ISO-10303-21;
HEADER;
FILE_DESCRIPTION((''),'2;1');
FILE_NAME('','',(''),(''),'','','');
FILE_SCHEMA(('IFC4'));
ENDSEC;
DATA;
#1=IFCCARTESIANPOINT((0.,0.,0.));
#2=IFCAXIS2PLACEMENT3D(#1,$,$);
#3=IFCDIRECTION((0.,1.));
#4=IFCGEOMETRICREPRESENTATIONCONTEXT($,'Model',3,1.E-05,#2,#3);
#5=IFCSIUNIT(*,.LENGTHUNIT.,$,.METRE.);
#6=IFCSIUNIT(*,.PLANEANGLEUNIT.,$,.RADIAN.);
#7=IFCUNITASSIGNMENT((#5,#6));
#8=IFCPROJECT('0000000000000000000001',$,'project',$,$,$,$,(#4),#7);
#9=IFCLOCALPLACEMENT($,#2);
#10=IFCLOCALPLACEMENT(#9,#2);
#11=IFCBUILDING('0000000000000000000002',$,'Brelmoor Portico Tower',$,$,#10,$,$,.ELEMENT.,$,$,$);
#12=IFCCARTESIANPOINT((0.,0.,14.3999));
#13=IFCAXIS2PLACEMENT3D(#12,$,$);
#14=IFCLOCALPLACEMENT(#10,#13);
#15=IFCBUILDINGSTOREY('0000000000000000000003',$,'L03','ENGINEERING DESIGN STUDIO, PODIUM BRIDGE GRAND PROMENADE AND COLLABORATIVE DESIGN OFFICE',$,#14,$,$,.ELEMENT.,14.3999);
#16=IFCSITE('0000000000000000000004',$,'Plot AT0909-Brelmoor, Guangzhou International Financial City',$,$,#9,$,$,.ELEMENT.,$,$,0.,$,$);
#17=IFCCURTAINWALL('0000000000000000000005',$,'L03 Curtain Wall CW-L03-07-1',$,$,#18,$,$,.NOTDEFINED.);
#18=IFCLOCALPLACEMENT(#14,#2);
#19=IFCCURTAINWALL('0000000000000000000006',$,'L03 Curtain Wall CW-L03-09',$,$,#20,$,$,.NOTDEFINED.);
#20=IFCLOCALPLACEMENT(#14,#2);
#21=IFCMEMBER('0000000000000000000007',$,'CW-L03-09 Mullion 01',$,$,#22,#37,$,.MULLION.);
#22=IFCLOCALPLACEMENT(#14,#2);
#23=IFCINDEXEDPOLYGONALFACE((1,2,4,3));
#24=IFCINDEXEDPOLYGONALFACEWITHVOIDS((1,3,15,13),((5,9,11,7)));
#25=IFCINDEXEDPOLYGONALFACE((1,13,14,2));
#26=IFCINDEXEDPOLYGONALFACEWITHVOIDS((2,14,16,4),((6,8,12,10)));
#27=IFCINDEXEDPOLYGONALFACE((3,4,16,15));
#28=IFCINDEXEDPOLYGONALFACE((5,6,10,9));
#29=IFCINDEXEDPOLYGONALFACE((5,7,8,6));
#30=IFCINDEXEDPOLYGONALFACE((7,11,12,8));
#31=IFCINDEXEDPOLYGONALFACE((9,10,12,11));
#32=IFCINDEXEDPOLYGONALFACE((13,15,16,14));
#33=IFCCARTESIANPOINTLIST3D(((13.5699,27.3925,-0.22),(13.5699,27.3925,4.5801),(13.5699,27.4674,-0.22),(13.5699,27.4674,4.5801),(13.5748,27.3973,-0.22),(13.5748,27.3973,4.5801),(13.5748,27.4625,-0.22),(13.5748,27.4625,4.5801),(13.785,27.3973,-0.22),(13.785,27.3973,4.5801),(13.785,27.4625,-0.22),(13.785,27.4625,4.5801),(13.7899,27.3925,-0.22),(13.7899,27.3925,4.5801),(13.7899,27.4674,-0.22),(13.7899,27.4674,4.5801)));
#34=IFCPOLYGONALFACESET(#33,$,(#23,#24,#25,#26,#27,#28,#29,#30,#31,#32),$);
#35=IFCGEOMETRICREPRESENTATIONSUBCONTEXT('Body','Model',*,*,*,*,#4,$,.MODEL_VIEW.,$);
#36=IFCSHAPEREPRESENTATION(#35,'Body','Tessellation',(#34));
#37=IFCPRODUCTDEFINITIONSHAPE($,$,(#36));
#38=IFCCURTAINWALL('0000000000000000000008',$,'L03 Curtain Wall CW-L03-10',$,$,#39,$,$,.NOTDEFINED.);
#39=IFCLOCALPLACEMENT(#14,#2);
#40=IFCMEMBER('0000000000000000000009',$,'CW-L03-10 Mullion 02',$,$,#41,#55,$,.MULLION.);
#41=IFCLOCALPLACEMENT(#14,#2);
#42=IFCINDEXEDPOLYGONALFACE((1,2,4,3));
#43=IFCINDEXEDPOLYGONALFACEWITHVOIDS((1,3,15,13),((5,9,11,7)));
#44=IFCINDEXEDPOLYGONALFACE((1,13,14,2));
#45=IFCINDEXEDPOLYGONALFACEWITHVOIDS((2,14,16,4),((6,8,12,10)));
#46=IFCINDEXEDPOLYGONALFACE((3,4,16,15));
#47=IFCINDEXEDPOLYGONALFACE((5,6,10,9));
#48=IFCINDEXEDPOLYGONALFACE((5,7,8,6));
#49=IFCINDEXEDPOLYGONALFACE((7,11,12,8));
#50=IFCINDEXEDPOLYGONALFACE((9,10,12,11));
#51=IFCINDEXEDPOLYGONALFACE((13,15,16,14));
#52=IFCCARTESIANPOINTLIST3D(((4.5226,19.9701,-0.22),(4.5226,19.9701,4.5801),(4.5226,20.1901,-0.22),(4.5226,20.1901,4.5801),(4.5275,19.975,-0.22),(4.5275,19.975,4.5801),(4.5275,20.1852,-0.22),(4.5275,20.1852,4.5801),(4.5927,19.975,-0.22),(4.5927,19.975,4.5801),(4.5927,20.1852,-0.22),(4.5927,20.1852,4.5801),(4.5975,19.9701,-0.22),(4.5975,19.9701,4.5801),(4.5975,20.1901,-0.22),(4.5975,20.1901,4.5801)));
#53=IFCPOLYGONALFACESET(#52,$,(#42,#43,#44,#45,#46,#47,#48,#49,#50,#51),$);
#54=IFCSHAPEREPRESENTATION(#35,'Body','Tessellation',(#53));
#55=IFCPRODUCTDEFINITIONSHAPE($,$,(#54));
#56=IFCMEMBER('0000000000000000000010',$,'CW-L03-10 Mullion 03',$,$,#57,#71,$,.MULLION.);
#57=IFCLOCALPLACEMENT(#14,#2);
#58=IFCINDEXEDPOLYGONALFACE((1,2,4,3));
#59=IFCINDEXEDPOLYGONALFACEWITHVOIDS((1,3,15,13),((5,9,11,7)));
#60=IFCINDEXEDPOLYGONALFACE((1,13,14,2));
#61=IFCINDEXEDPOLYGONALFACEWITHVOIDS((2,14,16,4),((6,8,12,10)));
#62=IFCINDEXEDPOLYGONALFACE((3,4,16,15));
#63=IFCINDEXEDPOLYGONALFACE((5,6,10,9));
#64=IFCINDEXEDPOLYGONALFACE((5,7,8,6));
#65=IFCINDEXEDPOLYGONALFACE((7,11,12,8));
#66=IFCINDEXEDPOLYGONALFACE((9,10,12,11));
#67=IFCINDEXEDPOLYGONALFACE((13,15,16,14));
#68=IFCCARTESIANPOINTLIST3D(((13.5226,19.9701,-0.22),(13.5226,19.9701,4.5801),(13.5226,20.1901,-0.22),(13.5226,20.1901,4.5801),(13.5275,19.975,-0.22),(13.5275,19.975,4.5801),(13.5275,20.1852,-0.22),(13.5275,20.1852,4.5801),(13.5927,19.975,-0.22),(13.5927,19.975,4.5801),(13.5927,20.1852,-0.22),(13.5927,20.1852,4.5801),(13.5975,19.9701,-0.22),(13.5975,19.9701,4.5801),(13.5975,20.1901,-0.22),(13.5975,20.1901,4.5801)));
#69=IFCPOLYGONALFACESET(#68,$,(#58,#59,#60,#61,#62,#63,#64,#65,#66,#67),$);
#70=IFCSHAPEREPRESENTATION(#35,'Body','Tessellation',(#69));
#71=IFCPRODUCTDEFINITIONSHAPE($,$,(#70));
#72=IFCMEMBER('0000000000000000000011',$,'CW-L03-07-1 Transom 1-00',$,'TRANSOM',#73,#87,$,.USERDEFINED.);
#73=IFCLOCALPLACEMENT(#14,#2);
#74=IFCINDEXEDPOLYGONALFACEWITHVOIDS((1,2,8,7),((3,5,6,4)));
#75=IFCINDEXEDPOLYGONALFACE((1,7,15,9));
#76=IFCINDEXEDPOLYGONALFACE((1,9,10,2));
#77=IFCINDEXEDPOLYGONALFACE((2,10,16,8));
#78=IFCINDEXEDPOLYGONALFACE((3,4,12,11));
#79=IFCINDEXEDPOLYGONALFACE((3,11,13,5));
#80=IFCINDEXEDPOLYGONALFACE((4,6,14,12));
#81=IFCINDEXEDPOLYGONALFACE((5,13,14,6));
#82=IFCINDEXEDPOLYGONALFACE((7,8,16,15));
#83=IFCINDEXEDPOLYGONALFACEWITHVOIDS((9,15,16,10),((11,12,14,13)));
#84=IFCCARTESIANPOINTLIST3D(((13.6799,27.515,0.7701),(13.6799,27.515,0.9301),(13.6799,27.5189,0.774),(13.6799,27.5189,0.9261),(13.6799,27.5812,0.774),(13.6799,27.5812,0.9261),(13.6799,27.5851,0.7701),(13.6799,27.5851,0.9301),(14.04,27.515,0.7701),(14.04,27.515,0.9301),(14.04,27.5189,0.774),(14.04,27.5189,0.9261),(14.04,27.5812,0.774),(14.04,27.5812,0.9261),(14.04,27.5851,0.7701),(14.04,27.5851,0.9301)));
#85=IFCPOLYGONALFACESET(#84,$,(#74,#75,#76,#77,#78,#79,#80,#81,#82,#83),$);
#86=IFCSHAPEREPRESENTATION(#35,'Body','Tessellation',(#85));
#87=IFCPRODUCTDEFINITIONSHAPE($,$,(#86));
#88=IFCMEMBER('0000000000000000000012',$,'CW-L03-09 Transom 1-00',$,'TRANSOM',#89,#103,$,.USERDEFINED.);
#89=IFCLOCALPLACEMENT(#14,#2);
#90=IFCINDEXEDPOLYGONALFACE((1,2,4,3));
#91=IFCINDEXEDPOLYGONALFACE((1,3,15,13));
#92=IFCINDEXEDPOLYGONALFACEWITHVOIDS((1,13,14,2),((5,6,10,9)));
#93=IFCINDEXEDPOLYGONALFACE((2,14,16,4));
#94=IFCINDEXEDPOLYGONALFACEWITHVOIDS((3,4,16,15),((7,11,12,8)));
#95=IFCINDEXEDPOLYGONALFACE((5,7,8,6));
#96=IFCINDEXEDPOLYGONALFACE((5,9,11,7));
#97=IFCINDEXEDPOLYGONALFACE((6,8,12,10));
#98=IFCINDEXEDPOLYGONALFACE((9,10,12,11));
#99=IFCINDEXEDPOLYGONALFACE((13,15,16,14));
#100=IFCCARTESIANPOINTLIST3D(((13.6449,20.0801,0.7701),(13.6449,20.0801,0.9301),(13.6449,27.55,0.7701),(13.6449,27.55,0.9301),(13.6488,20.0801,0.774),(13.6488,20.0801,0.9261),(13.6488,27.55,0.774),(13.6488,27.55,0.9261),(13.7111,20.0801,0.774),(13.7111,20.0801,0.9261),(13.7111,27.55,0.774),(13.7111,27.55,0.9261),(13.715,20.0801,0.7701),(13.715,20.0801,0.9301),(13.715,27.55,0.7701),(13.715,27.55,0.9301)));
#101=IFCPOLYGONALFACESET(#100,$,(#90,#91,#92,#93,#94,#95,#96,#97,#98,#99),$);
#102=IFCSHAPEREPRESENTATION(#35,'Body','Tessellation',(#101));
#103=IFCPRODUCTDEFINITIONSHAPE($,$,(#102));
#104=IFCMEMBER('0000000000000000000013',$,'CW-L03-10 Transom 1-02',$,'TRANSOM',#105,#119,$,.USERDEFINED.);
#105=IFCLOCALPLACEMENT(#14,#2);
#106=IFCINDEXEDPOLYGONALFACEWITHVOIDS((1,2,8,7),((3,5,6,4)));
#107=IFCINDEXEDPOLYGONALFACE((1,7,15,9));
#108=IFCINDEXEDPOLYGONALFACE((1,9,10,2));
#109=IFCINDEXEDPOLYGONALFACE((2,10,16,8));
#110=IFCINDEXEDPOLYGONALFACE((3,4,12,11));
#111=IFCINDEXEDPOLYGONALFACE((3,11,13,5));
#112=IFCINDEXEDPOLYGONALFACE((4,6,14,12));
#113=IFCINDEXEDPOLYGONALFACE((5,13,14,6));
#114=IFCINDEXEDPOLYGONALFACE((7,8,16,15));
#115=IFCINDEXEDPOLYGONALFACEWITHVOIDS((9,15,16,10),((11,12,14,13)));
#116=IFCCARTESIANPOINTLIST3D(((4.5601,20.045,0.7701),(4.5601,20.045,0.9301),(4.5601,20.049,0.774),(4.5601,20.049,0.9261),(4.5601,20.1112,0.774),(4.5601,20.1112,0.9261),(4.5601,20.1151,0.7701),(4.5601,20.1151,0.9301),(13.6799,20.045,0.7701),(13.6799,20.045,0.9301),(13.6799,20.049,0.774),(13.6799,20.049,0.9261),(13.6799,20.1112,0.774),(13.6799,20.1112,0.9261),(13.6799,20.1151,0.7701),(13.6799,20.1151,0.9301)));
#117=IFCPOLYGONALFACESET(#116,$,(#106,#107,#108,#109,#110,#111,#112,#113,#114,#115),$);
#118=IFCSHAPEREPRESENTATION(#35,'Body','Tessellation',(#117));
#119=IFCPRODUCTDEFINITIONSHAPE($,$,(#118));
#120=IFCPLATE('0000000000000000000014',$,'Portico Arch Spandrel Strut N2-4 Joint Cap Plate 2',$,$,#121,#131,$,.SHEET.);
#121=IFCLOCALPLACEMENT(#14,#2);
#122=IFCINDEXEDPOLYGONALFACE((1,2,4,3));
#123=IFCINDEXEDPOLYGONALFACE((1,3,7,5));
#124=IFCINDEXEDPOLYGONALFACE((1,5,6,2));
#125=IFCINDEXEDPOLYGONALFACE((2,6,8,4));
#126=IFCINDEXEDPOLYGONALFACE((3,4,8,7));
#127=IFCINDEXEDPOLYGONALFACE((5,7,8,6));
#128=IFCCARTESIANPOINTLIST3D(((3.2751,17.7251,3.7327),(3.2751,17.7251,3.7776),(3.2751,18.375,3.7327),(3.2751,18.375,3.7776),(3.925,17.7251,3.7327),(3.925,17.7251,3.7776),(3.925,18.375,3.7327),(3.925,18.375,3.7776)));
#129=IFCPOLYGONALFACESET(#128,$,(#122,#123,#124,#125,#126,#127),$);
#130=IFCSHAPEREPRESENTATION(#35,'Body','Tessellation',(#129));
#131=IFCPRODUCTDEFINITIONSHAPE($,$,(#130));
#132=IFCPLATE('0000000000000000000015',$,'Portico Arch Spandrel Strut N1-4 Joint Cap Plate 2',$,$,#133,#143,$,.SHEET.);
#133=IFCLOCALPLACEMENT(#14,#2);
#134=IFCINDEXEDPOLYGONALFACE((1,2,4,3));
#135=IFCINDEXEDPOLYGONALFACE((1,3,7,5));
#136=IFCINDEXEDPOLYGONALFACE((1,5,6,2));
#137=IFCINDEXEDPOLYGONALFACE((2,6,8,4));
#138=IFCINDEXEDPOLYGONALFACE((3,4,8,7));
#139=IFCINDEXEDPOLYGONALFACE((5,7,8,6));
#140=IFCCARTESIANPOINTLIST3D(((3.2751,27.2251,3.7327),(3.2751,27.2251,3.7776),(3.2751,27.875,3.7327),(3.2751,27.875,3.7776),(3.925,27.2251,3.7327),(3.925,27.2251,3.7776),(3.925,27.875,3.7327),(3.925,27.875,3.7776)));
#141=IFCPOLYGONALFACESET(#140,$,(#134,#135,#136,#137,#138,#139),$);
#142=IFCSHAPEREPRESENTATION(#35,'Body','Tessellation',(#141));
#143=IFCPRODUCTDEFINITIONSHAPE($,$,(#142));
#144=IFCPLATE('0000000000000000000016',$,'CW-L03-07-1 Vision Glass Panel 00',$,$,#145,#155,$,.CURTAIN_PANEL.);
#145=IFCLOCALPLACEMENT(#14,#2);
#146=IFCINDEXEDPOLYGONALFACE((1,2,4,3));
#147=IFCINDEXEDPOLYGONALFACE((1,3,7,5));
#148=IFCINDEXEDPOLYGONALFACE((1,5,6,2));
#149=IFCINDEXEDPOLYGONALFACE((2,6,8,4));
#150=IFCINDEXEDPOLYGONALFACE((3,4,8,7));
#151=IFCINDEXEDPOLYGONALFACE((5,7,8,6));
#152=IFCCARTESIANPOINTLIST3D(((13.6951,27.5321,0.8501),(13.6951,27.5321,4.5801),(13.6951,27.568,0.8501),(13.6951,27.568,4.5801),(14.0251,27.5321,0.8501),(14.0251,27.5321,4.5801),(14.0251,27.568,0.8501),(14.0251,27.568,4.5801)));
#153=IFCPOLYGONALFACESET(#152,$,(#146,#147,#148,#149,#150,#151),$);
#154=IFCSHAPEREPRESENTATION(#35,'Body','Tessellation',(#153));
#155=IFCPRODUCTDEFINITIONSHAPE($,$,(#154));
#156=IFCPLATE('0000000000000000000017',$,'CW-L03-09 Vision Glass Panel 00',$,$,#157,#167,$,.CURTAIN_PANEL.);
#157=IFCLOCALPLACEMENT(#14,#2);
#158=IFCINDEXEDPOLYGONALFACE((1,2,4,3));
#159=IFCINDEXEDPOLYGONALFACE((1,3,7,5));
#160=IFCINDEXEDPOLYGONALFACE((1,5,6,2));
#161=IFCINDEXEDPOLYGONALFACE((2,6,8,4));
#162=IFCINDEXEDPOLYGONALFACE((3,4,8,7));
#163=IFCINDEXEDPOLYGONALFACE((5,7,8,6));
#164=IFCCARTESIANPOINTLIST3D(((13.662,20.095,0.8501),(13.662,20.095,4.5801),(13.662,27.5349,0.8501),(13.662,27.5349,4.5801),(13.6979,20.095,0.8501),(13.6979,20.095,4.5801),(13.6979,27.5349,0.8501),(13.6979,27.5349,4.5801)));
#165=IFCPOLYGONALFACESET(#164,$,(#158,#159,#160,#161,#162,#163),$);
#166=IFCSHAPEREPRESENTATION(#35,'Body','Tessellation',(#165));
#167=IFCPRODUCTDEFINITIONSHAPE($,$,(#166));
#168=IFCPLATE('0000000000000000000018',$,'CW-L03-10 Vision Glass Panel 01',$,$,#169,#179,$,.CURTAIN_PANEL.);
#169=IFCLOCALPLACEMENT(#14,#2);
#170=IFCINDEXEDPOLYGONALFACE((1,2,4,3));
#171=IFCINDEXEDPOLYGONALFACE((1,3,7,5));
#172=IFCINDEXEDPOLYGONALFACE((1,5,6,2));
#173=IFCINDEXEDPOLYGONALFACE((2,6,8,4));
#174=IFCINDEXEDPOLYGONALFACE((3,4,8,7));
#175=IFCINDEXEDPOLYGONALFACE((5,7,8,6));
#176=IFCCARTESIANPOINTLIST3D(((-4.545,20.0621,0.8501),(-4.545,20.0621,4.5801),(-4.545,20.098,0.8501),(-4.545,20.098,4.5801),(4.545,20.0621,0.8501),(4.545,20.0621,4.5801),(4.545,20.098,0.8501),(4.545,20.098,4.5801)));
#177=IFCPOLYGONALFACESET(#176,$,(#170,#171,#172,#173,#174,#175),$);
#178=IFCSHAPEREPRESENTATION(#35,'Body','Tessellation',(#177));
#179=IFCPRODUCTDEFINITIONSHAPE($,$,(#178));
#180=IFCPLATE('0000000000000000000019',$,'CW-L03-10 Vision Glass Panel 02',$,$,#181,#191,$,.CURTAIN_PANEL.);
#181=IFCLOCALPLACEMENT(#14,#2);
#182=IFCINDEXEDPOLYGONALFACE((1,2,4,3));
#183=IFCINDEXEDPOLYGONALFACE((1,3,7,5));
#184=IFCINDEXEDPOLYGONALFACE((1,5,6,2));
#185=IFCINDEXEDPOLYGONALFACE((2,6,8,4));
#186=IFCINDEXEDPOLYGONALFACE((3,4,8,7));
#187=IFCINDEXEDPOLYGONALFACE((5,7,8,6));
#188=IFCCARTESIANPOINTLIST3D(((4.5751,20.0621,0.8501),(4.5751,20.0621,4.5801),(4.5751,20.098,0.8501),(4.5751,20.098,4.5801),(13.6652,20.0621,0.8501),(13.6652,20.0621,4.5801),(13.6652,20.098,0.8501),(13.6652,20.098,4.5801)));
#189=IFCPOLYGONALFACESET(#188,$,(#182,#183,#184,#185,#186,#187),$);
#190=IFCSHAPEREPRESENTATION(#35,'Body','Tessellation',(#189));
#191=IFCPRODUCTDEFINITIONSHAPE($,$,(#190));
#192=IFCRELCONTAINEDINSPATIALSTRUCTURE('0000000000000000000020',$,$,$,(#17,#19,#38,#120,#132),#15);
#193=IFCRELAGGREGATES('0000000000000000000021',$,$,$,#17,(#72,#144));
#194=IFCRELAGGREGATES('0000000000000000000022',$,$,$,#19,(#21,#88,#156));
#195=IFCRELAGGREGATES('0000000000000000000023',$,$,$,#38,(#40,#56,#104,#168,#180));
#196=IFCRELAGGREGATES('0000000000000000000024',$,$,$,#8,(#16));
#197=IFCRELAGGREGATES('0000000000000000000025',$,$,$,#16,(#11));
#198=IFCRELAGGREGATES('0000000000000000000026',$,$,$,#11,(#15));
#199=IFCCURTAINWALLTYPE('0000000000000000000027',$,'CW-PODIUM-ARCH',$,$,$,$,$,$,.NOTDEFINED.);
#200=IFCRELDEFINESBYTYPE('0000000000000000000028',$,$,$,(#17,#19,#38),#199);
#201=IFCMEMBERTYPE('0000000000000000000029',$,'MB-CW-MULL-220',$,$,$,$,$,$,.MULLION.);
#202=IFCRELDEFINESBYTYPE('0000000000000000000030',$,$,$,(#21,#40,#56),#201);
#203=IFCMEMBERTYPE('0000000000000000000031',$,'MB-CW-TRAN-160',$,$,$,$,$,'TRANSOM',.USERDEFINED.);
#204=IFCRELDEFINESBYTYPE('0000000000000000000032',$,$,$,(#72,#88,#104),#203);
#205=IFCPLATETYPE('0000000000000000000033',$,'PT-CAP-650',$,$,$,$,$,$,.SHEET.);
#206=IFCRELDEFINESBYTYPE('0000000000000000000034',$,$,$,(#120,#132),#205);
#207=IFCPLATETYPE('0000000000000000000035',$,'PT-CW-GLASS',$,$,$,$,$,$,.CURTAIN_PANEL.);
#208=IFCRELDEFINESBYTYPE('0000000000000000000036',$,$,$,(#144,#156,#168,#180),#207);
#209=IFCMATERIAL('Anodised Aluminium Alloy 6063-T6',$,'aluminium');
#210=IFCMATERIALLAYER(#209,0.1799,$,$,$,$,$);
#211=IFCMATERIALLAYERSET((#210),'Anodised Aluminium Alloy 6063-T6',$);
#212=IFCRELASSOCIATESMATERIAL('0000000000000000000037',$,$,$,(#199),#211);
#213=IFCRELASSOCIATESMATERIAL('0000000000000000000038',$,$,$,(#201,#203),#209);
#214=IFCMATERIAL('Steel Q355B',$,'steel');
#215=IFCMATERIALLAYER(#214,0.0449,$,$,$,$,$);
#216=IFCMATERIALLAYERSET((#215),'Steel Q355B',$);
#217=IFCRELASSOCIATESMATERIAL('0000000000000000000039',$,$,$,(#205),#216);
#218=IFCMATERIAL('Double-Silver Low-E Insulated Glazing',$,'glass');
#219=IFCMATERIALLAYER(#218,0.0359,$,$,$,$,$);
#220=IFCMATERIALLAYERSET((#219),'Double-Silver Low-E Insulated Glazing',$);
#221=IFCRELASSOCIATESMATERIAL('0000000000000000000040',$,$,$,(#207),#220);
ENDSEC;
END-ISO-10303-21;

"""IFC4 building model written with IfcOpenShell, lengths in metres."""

from ifc_helpers import new_model, si_unit, direction, frame, origin, origin_2d, place, context, subcontext, project, spatial, rectangle, hollow_rectangle, extrude, material, layer, layer_set, material_profile, profile_set, type_object, element, aggregate, save


model = new_model("IFC4")

# Units and contexts
model_context = context("Model", 3, precision=1e-05, world=origin(), true_north=direction((0.0, 1.0)))
body_context = subcontext(model_context, "Body", "Model", "MODEL_VIEW")
ifc_project = project(units=[si_unit("LENGTHUNIT", "METRE"), si_unit("PLANEANGLEUNIT", "RADIAN")], contexts=[model_context])

# Site, building, storey
site_placement = place(None, origin())
site = spatial("IfcSite", under=ifc_project, at=site_placement, Name="Plot AT0909-Brelmoor, Guangzhou International Financial City", CompositionType="ELEMENT", RefElevation=0.0)
building_placement = place(site_placement, origin())
building = spatial("IfcBuilding", under=site, at=building_placement, Name="Brelmoor Portico Tower", CompositionType="ELEMENT")
storey_placement = place(building_placement, frame((0.0, 0.0, 14.3999)))
storey = spatial("IfcBuildingStorey", under=building, at=storey_placement, Name="L03", Description="ENGINEERING DESIGN STUDIO, PODIUM BRIDGE GRAND PROMENADE AND COLLABORATIVE DESIGN OFFICE", CompositionType="ELEMENT", Elevation=14.3999)

# Shared definitions
ifc_material_1 = material(Name="Steel Q355B", Category="steel")

# Curtain walls, members
ifc_material_2 = material(Name="Anodised Aluminium Alloy 6063-T6", Category="aluminium")
ifc_layer_1 = layer(ifc_material_2, 0.1799)
ifc_layer_set_1 = layer_set([ifc_layer_1], Name="Anodised Aluminium Alloy 6063-T6")
curtain_wall_type = type_object("IfcCurtainWallType", Name="CW-PODIUM-ARCH", PredefinedType="NOTDEFINED", material=ifc_layer_set_1)
curtain_wall_1_placement = place(storey_placement, origin())
curtain_wall_1 = element("IfcCurtainWall", 1, at=curtain_wall_1_placement, inside=storey, type_object=curtain_wall_type, Name="L03 Curtain Wall CW-L03-07-1", PredefinedType="NOTDEFINED")
ifc_material_profile_1 = material_profile(ifc_material_2, hollow_rectangle(XDim=0.075, YDim=0.22, WallThickness=0.0049, at=origin_2d()), Name="ALU MULLION 75x220")
ifc_profile_set_1 = profile_set([ifc_material_profile_1], Name="Anodised Aluminium Alloy 6063-T6")
member_type_1 = type_object("IfcMemberType", Name="MB-CW-MULL-220", PredefinedType="MULLION", material=ifc_profile_set_1)
curtain_wall_2_placement = place(storey_placement, origin())
curtain_wall_2 = element("IfcCurtainWall", 2, at=curtain_wall_2_placement, inside=storey, type_object=curtain_wall_type, Name="L03 Curtain Wall CW-L03-09", PredefinedType="NOTDEFINED")
member_1_placement = place(storey_placement, frame((13.6799, 27.4299, -0.22), z_axis=(0.0, 0.0, 1.0), x_axis=(0.0, 1.0, 0.0)))
member_1 = element("IfcMember", 3, at=member_1_placement, type_object=member_type_1, Name="CW-L03-09 Mullion 01", PredefinedType="MULLION", context=body_context, shape_type="SweptSolid", body=[
    extrude(hollow_rectangle(XDim=0.075, YDim=0.22, WallThickness=0.0049, at=origin_2d()), origin(), (0.0, 0.0, 1.0), 4.8),
])
curtain_wall_3_placement = place(storey_placement, origin())
curtain_wall_3 = element("IfcCurtainWall", 4, at=curtain_wall_3_placement, inside=storey, type_object=curtain_wall_type, Name="L03 Curtain Wall CW-L03-10", PredefinedType="NOTDEFINED")
member_2_placement = place(storey_placement, frame((4.5601, 20.0801, -0.22), z_axis=(0.0, 0.0, 1.0), x_axis=(1.0, 0.0, 0.0)))
member_2 = element("IfcMember", 5, at=member_2_placement, type_object=member_type_1, Name="CW-L03-10 Mullion 02", PredefinedType="MULLION", context=body_context, shape_type="SweptSolid", body=[
    extrude(hollow_rectangle(XDim=0.075, YDim=0.22, WallThickness=0.0049, at=origin_2d()), origin(), (0.0, 0.0, 1.0), 4.8),
])
member_3_placement = place(storey_placement, frame((13.5601, 20.0801, -0.22), z_axis=(0.0, 0.0, 1.0), x_axis=(1.0, 0.0, 0.0)))
member_3 = element("IfcMember", 6, at=member_3_placement, type_object=member_type_1, Name="CW-L03-10 Mullion 03", PredefinedType="MULLION", context=body_context, shape_type="SweptSolid", body=[
    extrude(hollow_rectangle(XDim=0.075, YDim=0.22, WallThickness=0.0049, at=origin_2d()), origin(), (0.0, 0.0, 1.0), 4.8),
])

# Members
ifc_material_profile_2 = material_profile(ifc_material_2, hollow_rectangle(XDim=0.0701, YDim=0.1599, WallThickness=0.0039, at=origin_2d()), Name="ALU TRANSOM 70x160")
ifc_profile_set_2 = profile_set([ifc_material_profile_2], Name="Anodised Aluminium Alloy 6063-T6")
member_type_2 = type_object("IfcMemberType", Name="MB-CW-TRAN-160", ElementType="TRANSOM", PredefinedType="USERDEFINED", material=ifc_profile_set_2)
member_4_placement = place(storey_placement, frame((13.6799, 27.55, 0.8501), z_axis=(1.0, 0.0, 0.0), x_axis=(0.0, 1.0, 0.0)))
member_4 = element("IfcMember", 7, at=member_4_placement, type_object=member_type_2, Name="CW-L03-07-1 Transom 1-00", ObjectType="TRANSOM", PredefinedType="USERDEFINED", context=body_context, shape_type="SweptSolid", body=[
    extrude(hollow_rectangle(XDim=0.0701, YDim=0.1599, WallThickness=0.0039, at=origin_2d()), origin(), (0.0, 0.0, 1.0), 0.3601),
])
member_5_placement = place(storey_placement, frame((13.6799, 20.0801, 0.8501), z_axis=(0.0, 1.0, 0.0), x_axis=(-1.0, 0.0, 0.0)))
member_5 = element("IfcMember", 8, at=member_5_placement, type_object=member_type_2, Name="CW-L03-09 Transom 1-00", ObjectType="TRANSOM", PredefinedType="USERDEFINED", context=body_context, shape_type="SweptSolid", body=[
    extrude(hollow_rectangle(XDim=0.0701, YDim=0.1599, WallThickness=0.0039, at=origin_2d()), origin(), (0.0, 0.0, 1.0), 7.47),
])
member_6_placement = place(storey_placement, frame((4.5601, 20.0801, 0.8501), z_axis=(1.0, 0.0, 0.0), x_axis=(0.0, 1.0, 0.0)))
member_6 = element("IfcMember", 9, at=member_6_placement, type_object=member_type_2, Name="CW-L03-10 Transom 1-02", ObjectType="TRANSOM", PredefinedType="USERDEFINED", context=body_context, shape_type="SweptSolid", body=[
    extrude(hollow_rectangle(XDim=0.0701, YDim=0.1599, WallThickness=0.0039, at=origin_2d()), origin(), (0.0, 0.0, 1.0), 9.1199),
])

# Plates
ifc_layer_2 = layer(ifc_material_1, 0.0449)
ifc_layer_set_2 = layer_set([ifc_layer_2], Name="Steel Q355B")
plate_type_1 = type_object("IfcPlateType", Name="PT-CAP-650", PredefinedType="SHEET", material=ifc_layer_set_2)
for number, where, z_axis, x_axis, name in (
    (10, (3.6001, 18.05, 3.7327), (0.0, 0.0, 1.0), (1.0, 0.0, 0.0), "Portico Arch Spandrel Strut N2-4 Joint Cap Plate 2"),
    (11, (3.6001, 27.55, 3.7327), (0.0, 0.0, 1.0), (1.0, 0.0, 0.0), "Portico Arch Spandrel Strut N1-4 Joint Cap Plate 2"),
):
    element("IfcPlate", number, at=place(storey_placement, frame(where, z_axis=z_axis, x_axis=x_axis)), inside=storey, type_object=plate_type_1, Name=name, PredefinedType="SHEET", context=body_context, shape_type="SweptSolid", body=[
        extrude(rectangle(XDim=0.6499, YDim=0.6499, at=origin_2d()), origin(), (0.0, 0.0, 1.0), 0.0449),
    ])

# Plates
ifc_material_3 = material(Name="Double-Silver Low-E Insulated Glazing", Category="glass")
ifc_layer_3 = layer(ifc_material_3, 0.0359)
ifc_layer_set_3 = layer_set([ifc_layer_3], Name="Double-Silver Low-E Insulated Glazing")
plate_type_2 = type_object("IfcPlateType", Name="PT-CW-GLASS", PredefinedType="CURTAIN_PANEL", material=ifc_layer_set_3)
plate_1_placement = place(storey_placement, frame((13.8601, 27.55, 0.8501), z_axis=(0.0, 0.0, 1.0), x_axis=(1.0, 0.0, 0.0)))
plate_1 = element("IfcPlate", 12, at=plate_1_placement, type_object=plate_type_2, Name="CW-L03-07-1 Vision Glass Panel 00", PredefinedType="CURTAIN_PANEL", context=body_context, shape_type="SweptSolid", body=[
    extrude(rectangle(XDim=0.3301, YDim=0.0359, at=origin_2d()), origin(), (0.0, 0.0, 1.0), 3.73),
])
plate_2_placement = place(storey_placement, frame((13.6799, 23.8149, 0.8501), z_axis=(0.0, 0.0, 1.0), x_axis=(0.0, 1.0, 0.0)))
plate_2 = element("IfcPlate", 13, at=plate_2_placement, type_object=plate_type_2, Name="CW-L03-09 Vision Glass Panel 00", PredefinedType="CURTAIN_PANEL", context=body_context, shape_type="SweptSolid", body=[
    extrude(rectangle(XDim=7.4399, YDim=0.0359, at=origin_2d()), origin(), (0.0, 0.0, 1.0), 3.73),
])
plate_3_placement = place(storey_placement, frame((0.0, 20.0801, 0.8501), z_axis=(0.0, 0.0, 1.0), x_axis=(1.0, 0.0, 0.0)))
plate_3 = element("IfcPlate", 14, at=plate_3_placement, type_object=plate_type_2, Name="CW-L03-10 Vision Glass Panel 01", PredefinedType="CURTAIN_PANEL", context=body_context, shape_type="SweptSolid", body=[
    extrude(rectangle(XDim=9.0901, YDim=0.0359, at=origin_2d()), origin(), (0.0, 0.0, 1.0), 3.73),
])
plate_4_placement = place(storey_placement, frame((9.1201, 20.0801, 0.8501), z_axis=(0.0, 0.0, 1.0), x_axis=(1.0, 0.0, 0.0)))
plate_4 = element("IfcPlate", 15, at=plate_4_placement, type_object=plate_type_2, Name="CW-L03-10 Vision Glass Panel 02", PredefinedType="CURTAIN_PANEL", context=body_context, shape_type="SweptSolid", body=[
    extrude(rectangle(XDim=9.0901, YDim=0.0359, at=origin_2d()), origin(), (0.0, 0.0, 1.0), 3.73),
])
aggregate(curtain_wall_1, [member_4, plate_1])
aggregate(curtain_wall_2, [member_1, member_5, plate_2])
aggregate(curtain_wall_3, [member_2, member_3, member_6, plate_3, plate_4])

save(model, "model.ifc")
